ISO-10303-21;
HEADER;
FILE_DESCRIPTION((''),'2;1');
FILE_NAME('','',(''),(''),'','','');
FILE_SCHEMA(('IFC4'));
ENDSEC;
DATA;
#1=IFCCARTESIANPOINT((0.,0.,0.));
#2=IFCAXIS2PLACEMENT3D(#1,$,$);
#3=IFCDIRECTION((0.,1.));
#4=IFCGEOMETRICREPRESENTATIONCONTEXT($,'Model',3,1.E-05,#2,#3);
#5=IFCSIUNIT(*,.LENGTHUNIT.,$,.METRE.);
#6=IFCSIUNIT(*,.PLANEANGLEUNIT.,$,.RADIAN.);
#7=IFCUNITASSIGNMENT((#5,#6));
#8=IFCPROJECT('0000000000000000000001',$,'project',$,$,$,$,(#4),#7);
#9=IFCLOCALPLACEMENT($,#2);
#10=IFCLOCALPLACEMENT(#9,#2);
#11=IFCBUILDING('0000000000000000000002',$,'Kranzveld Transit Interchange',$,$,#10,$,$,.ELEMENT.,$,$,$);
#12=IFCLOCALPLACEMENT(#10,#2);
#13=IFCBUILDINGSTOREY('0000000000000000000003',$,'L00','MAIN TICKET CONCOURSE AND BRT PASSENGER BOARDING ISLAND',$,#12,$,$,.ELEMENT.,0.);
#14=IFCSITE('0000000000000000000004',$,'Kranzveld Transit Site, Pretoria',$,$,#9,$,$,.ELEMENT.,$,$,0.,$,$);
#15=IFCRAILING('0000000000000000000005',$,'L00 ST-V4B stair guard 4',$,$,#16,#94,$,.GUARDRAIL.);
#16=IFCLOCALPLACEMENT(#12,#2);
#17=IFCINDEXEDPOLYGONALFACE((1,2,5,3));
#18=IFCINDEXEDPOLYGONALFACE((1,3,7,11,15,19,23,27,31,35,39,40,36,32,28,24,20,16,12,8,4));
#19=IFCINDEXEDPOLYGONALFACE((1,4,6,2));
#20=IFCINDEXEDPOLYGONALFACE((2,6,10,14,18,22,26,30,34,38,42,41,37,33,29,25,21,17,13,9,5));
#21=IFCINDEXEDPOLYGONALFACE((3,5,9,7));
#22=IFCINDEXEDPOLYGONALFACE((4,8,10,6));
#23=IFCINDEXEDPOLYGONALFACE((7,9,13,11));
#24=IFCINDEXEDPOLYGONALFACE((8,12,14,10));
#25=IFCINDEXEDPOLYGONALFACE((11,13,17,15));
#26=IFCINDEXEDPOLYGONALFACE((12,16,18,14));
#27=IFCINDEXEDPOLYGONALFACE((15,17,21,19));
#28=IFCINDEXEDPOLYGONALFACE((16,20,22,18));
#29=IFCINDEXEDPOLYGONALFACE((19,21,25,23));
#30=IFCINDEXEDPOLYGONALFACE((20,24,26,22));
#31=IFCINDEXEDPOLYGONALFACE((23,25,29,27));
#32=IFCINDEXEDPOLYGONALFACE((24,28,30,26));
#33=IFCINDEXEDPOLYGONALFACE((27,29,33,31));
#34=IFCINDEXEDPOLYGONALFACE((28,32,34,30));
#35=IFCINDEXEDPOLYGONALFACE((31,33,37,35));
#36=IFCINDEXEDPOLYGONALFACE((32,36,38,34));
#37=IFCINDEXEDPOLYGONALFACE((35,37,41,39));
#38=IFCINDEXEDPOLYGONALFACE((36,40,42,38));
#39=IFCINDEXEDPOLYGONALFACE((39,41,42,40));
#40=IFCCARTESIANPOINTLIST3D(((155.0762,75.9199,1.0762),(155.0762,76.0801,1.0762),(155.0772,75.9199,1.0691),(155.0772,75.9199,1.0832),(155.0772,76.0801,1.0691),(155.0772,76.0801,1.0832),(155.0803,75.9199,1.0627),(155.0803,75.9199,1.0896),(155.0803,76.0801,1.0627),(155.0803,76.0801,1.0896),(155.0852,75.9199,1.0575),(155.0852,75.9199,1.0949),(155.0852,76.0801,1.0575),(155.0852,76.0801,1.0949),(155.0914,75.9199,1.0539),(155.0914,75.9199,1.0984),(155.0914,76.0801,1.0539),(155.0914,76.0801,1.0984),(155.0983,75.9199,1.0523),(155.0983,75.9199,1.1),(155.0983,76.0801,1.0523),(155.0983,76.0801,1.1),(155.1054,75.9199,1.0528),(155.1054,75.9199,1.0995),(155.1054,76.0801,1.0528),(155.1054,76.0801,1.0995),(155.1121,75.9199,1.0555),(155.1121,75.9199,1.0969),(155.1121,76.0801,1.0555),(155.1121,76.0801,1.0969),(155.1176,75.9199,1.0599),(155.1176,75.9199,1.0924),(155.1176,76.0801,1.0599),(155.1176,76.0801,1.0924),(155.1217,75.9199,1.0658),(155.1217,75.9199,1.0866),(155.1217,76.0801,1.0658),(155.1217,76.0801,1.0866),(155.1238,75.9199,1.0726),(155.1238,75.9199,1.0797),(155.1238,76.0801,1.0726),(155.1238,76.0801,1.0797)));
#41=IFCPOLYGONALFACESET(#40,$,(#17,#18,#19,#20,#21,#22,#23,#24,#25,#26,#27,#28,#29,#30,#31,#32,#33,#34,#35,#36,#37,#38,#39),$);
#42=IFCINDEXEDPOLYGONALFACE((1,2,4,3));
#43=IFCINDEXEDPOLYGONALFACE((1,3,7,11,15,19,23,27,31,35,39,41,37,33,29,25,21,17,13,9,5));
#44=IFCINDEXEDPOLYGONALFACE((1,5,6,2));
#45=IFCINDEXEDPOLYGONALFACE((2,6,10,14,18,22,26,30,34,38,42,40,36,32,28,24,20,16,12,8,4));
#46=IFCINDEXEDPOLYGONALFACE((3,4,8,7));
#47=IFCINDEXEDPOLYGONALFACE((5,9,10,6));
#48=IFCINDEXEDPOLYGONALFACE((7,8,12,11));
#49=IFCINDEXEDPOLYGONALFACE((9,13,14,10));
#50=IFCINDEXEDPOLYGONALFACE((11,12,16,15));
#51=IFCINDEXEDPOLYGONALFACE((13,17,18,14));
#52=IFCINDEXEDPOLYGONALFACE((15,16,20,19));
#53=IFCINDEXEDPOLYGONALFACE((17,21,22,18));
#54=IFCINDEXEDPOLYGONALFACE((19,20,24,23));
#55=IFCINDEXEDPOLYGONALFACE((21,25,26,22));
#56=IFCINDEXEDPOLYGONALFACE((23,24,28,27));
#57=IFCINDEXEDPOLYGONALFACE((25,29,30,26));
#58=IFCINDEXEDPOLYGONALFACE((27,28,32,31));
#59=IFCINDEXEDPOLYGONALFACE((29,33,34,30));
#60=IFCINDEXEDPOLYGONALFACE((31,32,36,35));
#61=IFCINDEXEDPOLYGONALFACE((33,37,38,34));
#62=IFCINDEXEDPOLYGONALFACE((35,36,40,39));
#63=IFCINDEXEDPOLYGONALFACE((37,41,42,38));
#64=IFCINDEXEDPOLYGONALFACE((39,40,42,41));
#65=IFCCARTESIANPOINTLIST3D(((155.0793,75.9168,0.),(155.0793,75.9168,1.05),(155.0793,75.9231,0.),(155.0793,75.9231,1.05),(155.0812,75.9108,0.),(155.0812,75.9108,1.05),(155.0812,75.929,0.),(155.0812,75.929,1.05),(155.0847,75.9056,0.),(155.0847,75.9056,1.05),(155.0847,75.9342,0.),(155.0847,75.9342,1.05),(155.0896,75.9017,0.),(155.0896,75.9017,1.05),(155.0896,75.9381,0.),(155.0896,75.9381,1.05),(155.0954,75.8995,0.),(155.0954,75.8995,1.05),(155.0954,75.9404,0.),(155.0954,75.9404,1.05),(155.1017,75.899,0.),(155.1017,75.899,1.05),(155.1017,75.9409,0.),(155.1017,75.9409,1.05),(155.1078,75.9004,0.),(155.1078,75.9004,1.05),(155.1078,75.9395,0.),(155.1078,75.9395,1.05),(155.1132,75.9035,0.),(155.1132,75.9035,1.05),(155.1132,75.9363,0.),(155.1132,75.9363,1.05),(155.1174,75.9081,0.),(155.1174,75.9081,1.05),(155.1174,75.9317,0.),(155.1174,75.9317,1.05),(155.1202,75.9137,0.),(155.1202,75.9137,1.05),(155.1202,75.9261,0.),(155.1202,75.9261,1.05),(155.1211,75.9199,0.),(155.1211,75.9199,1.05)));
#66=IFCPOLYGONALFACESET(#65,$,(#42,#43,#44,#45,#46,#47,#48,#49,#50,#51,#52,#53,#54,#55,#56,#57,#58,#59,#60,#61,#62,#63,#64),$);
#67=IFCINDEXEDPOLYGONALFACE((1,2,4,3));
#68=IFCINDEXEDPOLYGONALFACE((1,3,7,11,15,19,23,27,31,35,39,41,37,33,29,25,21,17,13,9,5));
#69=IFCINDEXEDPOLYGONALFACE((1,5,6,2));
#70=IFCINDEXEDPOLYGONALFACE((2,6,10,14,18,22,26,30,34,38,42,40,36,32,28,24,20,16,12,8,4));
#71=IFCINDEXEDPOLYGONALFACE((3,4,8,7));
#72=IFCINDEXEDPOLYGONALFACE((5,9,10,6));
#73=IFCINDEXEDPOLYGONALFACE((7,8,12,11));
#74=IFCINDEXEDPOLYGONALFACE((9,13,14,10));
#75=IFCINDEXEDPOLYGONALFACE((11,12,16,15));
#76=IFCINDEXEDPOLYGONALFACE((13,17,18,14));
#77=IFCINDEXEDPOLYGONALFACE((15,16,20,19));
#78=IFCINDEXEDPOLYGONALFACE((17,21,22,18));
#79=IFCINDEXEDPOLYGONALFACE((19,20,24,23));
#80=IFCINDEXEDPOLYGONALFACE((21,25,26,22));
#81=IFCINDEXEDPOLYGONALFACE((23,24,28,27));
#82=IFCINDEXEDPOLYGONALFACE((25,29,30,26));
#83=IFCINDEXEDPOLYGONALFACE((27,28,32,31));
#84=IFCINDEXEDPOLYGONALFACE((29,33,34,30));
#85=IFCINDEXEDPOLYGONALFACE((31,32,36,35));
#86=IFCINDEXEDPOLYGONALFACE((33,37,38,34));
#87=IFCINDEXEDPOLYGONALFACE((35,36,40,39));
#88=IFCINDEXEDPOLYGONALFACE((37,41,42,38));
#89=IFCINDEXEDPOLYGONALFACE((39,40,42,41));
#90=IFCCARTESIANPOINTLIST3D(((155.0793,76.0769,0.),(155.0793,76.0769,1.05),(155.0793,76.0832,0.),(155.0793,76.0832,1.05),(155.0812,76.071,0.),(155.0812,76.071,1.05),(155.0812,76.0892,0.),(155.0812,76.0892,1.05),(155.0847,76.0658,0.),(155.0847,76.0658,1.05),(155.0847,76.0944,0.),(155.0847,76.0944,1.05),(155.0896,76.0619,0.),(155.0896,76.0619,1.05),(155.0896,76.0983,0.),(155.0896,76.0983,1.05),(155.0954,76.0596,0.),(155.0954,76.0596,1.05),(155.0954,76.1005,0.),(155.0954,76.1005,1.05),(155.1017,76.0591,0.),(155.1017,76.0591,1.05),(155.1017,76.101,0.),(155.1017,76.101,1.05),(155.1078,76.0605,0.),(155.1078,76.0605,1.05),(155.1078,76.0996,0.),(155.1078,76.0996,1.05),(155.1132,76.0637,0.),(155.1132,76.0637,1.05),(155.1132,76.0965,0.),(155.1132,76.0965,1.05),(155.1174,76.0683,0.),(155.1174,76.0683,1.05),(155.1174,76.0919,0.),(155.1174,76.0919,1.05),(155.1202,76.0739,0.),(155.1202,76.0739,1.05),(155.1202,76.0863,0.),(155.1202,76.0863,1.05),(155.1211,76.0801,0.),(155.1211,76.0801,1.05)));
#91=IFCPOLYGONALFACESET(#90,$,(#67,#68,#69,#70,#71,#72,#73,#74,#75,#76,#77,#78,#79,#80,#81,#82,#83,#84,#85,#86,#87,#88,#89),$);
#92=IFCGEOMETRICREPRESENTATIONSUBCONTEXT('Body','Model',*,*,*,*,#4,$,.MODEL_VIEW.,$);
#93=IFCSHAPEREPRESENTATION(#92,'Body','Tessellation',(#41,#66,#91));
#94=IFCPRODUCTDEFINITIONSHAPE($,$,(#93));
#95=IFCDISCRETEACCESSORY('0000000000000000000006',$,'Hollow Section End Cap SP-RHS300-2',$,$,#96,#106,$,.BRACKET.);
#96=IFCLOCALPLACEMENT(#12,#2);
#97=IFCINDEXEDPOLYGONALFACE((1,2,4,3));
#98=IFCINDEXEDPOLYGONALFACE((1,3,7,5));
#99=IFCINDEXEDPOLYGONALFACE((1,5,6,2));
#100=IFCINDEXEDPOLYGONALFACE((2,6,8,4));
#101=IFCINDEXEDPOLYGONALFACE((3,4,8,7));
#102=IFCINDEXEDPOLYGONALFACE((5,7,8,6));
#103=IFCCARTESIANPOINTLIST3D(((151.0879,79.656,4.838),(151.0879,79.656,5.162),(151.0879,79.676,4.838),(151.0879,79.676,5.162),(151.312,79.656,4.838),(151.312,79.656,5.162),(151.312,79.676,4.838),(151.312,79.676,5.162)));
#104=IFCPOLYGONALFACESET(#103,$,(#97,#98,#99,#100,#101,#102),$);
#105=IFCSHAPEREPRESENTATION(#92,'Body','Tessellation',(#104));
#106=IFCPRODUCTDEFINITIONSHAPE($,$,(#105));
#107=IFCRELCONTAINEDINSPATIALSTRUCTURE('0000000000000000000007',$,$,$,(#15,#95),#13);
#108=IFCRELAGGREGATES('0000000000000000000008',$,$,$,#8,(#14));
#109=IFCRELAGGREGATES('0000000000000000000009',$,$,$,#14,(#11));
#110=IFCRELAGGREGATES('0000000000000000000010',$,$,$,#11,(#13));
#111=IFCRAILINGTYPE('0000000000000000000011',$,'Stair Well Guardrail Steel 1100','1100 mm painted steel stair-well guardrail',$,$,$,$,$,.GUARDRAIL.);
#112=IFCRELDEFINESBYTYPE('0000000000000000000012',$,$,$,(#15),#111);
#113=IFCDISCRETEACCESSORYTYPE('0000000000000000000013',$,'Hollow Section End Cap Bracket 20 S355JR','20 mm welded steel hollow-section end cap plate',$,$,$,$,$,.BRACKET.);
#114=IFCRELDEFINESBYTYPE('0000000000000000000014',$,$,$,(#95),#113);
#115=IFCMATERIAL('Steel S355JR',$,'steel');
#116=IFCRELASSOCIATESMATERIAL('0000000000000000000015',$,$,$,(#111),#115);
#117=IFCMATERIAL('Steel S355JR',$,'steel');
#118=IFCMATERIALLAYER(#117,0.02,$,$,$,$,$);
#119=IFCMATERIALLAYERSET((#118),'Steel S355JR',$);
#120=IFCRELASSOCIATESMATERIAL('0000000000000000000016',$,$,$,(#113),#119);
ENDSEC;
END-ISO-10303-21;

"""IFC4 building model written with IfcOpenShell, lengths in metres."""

from ifc_helpers import new_model, si_unit, direction, frame, origin, origin_2d, place, context, subcontext, project, spatial, rectangle, circle, extrude, material, layer, layer_set, type_object, element, save


model = new_model("IFC4")

# Units and contexts
model_context = context("Model", 3, precision=1e-05, world=origin(), true_north=direction((0.0, 1.0)))
body_context = subcontext(model_context, "Body", "Model", "MODEL_VIEW")
ifc_project = project(units=[si_unit("LENGTHUNIT", "METRE"), si_unit("PLANEANGLEUNIT", "RADIAN")], contexts=[model_context])

# Site, building, storey
site_placement = place(None, origin())
site = spatial("IfcSite", under=ifc_project, at=site_placement, Name="Kranzveld Transit Site, Pretoria", CompositionType="ELEMENT", RefElevation=0.0)
building_placement = place(site_placement, origin())
building = spatial("IfcBuilding", under=site, at=building_placement, Name="Kranzveld Transit Interchange", CompositionType="ELEMENT")
storey_placement = place(building_placement, origin())
storey = spatial("IfcBuildingStorey", under=building, at=storey_placement, Name="L00", Description="MAIN TICKET CONCOURSE AND BRT PASSENGER BOARDING ISLAND", CompositionType="ELEMENT", Elevation=0.0)

# Railing
ifc_material_1 = material(Name="Steel S355JR", Category="steel")
railing_type_1 = type_object("IfcRailingType", Name="Stair Well Guardrail Steel 1100", Description="1100 mm painted steel stair-well guardrail", PredefinedType="GUARDRAIL", material=ifc_material_1)
railing_1_placement = place(storey_placement, frame((155.1001, 75.9199, 0.0)))
element("IfcRailing", 1, at=railing_1_placement, inside=storey, type_object=railing_type_1, Name="L00 ST-V4B stair guard 4", PredefinedType="GUARDRAIL", context=body_context, shape_type="SweptSolid", body=[
    extrude(circle(Radius=0.0239, at=origin_2d()), frame((0.0, 0.0, 1.0762), z_axis=(0.0, 1.0, 0.0), x_axis=(-1.0, 0.0, 0.0)), (0.0, 0.0, 1.0), 0.1602),
    extrude(circle(Radius=0.021, at=origin_2d()), origin(), (0.0, 0.0, 1.0), 1.05),
    extrude(circle(Radius=0.021, at=origin_2d()), frame((0.0, 0.1602, 0.0)), (0.0, 0.0, 1.0), 1.05),
])

# Discrete accessory
ifc_material_2 = material(Name="Steel S355JR", Category="steel")
ifc_layer_1 = layer(ifc_material_2, 0.02)
ifc_layer_set_1 = layer_set([ifc_layer_1], Name="Steel S355JR")
discrete_accessory_type = type_object("IfcDiscreteAccessoryType", Name="Hollow Section End Cap Bracket 20 S355JR", Description="20 mm welded steel hollow-section end cap plate", PredefinedType="BRACKET", material=ifc_layer_set_1)
discrete_accessory_placement = place(storey_placement, frame((151.2, 79.656, 5.0), z_axis=(0.0, 1.0, 0.0), x_axis=(-1.0, 0.0, 0.0)))
element("IfcDiscreteAccessory", 2, at=discrete_accessory_placement, inside=storey, type_object=discrete_accessory_type, Name="Hollow Section End Cap SP-RHS300-2", PredefinedType="BRACKET", context=body_context, shape_type="SweptSolid", body=[
    extrude(rectangle(XDim=0.2241, YDim=0.324, at=origin_2d()), origin(), (0.0, 0.0, 1.0), 0.02),
])

save(model, "model.ifc")
